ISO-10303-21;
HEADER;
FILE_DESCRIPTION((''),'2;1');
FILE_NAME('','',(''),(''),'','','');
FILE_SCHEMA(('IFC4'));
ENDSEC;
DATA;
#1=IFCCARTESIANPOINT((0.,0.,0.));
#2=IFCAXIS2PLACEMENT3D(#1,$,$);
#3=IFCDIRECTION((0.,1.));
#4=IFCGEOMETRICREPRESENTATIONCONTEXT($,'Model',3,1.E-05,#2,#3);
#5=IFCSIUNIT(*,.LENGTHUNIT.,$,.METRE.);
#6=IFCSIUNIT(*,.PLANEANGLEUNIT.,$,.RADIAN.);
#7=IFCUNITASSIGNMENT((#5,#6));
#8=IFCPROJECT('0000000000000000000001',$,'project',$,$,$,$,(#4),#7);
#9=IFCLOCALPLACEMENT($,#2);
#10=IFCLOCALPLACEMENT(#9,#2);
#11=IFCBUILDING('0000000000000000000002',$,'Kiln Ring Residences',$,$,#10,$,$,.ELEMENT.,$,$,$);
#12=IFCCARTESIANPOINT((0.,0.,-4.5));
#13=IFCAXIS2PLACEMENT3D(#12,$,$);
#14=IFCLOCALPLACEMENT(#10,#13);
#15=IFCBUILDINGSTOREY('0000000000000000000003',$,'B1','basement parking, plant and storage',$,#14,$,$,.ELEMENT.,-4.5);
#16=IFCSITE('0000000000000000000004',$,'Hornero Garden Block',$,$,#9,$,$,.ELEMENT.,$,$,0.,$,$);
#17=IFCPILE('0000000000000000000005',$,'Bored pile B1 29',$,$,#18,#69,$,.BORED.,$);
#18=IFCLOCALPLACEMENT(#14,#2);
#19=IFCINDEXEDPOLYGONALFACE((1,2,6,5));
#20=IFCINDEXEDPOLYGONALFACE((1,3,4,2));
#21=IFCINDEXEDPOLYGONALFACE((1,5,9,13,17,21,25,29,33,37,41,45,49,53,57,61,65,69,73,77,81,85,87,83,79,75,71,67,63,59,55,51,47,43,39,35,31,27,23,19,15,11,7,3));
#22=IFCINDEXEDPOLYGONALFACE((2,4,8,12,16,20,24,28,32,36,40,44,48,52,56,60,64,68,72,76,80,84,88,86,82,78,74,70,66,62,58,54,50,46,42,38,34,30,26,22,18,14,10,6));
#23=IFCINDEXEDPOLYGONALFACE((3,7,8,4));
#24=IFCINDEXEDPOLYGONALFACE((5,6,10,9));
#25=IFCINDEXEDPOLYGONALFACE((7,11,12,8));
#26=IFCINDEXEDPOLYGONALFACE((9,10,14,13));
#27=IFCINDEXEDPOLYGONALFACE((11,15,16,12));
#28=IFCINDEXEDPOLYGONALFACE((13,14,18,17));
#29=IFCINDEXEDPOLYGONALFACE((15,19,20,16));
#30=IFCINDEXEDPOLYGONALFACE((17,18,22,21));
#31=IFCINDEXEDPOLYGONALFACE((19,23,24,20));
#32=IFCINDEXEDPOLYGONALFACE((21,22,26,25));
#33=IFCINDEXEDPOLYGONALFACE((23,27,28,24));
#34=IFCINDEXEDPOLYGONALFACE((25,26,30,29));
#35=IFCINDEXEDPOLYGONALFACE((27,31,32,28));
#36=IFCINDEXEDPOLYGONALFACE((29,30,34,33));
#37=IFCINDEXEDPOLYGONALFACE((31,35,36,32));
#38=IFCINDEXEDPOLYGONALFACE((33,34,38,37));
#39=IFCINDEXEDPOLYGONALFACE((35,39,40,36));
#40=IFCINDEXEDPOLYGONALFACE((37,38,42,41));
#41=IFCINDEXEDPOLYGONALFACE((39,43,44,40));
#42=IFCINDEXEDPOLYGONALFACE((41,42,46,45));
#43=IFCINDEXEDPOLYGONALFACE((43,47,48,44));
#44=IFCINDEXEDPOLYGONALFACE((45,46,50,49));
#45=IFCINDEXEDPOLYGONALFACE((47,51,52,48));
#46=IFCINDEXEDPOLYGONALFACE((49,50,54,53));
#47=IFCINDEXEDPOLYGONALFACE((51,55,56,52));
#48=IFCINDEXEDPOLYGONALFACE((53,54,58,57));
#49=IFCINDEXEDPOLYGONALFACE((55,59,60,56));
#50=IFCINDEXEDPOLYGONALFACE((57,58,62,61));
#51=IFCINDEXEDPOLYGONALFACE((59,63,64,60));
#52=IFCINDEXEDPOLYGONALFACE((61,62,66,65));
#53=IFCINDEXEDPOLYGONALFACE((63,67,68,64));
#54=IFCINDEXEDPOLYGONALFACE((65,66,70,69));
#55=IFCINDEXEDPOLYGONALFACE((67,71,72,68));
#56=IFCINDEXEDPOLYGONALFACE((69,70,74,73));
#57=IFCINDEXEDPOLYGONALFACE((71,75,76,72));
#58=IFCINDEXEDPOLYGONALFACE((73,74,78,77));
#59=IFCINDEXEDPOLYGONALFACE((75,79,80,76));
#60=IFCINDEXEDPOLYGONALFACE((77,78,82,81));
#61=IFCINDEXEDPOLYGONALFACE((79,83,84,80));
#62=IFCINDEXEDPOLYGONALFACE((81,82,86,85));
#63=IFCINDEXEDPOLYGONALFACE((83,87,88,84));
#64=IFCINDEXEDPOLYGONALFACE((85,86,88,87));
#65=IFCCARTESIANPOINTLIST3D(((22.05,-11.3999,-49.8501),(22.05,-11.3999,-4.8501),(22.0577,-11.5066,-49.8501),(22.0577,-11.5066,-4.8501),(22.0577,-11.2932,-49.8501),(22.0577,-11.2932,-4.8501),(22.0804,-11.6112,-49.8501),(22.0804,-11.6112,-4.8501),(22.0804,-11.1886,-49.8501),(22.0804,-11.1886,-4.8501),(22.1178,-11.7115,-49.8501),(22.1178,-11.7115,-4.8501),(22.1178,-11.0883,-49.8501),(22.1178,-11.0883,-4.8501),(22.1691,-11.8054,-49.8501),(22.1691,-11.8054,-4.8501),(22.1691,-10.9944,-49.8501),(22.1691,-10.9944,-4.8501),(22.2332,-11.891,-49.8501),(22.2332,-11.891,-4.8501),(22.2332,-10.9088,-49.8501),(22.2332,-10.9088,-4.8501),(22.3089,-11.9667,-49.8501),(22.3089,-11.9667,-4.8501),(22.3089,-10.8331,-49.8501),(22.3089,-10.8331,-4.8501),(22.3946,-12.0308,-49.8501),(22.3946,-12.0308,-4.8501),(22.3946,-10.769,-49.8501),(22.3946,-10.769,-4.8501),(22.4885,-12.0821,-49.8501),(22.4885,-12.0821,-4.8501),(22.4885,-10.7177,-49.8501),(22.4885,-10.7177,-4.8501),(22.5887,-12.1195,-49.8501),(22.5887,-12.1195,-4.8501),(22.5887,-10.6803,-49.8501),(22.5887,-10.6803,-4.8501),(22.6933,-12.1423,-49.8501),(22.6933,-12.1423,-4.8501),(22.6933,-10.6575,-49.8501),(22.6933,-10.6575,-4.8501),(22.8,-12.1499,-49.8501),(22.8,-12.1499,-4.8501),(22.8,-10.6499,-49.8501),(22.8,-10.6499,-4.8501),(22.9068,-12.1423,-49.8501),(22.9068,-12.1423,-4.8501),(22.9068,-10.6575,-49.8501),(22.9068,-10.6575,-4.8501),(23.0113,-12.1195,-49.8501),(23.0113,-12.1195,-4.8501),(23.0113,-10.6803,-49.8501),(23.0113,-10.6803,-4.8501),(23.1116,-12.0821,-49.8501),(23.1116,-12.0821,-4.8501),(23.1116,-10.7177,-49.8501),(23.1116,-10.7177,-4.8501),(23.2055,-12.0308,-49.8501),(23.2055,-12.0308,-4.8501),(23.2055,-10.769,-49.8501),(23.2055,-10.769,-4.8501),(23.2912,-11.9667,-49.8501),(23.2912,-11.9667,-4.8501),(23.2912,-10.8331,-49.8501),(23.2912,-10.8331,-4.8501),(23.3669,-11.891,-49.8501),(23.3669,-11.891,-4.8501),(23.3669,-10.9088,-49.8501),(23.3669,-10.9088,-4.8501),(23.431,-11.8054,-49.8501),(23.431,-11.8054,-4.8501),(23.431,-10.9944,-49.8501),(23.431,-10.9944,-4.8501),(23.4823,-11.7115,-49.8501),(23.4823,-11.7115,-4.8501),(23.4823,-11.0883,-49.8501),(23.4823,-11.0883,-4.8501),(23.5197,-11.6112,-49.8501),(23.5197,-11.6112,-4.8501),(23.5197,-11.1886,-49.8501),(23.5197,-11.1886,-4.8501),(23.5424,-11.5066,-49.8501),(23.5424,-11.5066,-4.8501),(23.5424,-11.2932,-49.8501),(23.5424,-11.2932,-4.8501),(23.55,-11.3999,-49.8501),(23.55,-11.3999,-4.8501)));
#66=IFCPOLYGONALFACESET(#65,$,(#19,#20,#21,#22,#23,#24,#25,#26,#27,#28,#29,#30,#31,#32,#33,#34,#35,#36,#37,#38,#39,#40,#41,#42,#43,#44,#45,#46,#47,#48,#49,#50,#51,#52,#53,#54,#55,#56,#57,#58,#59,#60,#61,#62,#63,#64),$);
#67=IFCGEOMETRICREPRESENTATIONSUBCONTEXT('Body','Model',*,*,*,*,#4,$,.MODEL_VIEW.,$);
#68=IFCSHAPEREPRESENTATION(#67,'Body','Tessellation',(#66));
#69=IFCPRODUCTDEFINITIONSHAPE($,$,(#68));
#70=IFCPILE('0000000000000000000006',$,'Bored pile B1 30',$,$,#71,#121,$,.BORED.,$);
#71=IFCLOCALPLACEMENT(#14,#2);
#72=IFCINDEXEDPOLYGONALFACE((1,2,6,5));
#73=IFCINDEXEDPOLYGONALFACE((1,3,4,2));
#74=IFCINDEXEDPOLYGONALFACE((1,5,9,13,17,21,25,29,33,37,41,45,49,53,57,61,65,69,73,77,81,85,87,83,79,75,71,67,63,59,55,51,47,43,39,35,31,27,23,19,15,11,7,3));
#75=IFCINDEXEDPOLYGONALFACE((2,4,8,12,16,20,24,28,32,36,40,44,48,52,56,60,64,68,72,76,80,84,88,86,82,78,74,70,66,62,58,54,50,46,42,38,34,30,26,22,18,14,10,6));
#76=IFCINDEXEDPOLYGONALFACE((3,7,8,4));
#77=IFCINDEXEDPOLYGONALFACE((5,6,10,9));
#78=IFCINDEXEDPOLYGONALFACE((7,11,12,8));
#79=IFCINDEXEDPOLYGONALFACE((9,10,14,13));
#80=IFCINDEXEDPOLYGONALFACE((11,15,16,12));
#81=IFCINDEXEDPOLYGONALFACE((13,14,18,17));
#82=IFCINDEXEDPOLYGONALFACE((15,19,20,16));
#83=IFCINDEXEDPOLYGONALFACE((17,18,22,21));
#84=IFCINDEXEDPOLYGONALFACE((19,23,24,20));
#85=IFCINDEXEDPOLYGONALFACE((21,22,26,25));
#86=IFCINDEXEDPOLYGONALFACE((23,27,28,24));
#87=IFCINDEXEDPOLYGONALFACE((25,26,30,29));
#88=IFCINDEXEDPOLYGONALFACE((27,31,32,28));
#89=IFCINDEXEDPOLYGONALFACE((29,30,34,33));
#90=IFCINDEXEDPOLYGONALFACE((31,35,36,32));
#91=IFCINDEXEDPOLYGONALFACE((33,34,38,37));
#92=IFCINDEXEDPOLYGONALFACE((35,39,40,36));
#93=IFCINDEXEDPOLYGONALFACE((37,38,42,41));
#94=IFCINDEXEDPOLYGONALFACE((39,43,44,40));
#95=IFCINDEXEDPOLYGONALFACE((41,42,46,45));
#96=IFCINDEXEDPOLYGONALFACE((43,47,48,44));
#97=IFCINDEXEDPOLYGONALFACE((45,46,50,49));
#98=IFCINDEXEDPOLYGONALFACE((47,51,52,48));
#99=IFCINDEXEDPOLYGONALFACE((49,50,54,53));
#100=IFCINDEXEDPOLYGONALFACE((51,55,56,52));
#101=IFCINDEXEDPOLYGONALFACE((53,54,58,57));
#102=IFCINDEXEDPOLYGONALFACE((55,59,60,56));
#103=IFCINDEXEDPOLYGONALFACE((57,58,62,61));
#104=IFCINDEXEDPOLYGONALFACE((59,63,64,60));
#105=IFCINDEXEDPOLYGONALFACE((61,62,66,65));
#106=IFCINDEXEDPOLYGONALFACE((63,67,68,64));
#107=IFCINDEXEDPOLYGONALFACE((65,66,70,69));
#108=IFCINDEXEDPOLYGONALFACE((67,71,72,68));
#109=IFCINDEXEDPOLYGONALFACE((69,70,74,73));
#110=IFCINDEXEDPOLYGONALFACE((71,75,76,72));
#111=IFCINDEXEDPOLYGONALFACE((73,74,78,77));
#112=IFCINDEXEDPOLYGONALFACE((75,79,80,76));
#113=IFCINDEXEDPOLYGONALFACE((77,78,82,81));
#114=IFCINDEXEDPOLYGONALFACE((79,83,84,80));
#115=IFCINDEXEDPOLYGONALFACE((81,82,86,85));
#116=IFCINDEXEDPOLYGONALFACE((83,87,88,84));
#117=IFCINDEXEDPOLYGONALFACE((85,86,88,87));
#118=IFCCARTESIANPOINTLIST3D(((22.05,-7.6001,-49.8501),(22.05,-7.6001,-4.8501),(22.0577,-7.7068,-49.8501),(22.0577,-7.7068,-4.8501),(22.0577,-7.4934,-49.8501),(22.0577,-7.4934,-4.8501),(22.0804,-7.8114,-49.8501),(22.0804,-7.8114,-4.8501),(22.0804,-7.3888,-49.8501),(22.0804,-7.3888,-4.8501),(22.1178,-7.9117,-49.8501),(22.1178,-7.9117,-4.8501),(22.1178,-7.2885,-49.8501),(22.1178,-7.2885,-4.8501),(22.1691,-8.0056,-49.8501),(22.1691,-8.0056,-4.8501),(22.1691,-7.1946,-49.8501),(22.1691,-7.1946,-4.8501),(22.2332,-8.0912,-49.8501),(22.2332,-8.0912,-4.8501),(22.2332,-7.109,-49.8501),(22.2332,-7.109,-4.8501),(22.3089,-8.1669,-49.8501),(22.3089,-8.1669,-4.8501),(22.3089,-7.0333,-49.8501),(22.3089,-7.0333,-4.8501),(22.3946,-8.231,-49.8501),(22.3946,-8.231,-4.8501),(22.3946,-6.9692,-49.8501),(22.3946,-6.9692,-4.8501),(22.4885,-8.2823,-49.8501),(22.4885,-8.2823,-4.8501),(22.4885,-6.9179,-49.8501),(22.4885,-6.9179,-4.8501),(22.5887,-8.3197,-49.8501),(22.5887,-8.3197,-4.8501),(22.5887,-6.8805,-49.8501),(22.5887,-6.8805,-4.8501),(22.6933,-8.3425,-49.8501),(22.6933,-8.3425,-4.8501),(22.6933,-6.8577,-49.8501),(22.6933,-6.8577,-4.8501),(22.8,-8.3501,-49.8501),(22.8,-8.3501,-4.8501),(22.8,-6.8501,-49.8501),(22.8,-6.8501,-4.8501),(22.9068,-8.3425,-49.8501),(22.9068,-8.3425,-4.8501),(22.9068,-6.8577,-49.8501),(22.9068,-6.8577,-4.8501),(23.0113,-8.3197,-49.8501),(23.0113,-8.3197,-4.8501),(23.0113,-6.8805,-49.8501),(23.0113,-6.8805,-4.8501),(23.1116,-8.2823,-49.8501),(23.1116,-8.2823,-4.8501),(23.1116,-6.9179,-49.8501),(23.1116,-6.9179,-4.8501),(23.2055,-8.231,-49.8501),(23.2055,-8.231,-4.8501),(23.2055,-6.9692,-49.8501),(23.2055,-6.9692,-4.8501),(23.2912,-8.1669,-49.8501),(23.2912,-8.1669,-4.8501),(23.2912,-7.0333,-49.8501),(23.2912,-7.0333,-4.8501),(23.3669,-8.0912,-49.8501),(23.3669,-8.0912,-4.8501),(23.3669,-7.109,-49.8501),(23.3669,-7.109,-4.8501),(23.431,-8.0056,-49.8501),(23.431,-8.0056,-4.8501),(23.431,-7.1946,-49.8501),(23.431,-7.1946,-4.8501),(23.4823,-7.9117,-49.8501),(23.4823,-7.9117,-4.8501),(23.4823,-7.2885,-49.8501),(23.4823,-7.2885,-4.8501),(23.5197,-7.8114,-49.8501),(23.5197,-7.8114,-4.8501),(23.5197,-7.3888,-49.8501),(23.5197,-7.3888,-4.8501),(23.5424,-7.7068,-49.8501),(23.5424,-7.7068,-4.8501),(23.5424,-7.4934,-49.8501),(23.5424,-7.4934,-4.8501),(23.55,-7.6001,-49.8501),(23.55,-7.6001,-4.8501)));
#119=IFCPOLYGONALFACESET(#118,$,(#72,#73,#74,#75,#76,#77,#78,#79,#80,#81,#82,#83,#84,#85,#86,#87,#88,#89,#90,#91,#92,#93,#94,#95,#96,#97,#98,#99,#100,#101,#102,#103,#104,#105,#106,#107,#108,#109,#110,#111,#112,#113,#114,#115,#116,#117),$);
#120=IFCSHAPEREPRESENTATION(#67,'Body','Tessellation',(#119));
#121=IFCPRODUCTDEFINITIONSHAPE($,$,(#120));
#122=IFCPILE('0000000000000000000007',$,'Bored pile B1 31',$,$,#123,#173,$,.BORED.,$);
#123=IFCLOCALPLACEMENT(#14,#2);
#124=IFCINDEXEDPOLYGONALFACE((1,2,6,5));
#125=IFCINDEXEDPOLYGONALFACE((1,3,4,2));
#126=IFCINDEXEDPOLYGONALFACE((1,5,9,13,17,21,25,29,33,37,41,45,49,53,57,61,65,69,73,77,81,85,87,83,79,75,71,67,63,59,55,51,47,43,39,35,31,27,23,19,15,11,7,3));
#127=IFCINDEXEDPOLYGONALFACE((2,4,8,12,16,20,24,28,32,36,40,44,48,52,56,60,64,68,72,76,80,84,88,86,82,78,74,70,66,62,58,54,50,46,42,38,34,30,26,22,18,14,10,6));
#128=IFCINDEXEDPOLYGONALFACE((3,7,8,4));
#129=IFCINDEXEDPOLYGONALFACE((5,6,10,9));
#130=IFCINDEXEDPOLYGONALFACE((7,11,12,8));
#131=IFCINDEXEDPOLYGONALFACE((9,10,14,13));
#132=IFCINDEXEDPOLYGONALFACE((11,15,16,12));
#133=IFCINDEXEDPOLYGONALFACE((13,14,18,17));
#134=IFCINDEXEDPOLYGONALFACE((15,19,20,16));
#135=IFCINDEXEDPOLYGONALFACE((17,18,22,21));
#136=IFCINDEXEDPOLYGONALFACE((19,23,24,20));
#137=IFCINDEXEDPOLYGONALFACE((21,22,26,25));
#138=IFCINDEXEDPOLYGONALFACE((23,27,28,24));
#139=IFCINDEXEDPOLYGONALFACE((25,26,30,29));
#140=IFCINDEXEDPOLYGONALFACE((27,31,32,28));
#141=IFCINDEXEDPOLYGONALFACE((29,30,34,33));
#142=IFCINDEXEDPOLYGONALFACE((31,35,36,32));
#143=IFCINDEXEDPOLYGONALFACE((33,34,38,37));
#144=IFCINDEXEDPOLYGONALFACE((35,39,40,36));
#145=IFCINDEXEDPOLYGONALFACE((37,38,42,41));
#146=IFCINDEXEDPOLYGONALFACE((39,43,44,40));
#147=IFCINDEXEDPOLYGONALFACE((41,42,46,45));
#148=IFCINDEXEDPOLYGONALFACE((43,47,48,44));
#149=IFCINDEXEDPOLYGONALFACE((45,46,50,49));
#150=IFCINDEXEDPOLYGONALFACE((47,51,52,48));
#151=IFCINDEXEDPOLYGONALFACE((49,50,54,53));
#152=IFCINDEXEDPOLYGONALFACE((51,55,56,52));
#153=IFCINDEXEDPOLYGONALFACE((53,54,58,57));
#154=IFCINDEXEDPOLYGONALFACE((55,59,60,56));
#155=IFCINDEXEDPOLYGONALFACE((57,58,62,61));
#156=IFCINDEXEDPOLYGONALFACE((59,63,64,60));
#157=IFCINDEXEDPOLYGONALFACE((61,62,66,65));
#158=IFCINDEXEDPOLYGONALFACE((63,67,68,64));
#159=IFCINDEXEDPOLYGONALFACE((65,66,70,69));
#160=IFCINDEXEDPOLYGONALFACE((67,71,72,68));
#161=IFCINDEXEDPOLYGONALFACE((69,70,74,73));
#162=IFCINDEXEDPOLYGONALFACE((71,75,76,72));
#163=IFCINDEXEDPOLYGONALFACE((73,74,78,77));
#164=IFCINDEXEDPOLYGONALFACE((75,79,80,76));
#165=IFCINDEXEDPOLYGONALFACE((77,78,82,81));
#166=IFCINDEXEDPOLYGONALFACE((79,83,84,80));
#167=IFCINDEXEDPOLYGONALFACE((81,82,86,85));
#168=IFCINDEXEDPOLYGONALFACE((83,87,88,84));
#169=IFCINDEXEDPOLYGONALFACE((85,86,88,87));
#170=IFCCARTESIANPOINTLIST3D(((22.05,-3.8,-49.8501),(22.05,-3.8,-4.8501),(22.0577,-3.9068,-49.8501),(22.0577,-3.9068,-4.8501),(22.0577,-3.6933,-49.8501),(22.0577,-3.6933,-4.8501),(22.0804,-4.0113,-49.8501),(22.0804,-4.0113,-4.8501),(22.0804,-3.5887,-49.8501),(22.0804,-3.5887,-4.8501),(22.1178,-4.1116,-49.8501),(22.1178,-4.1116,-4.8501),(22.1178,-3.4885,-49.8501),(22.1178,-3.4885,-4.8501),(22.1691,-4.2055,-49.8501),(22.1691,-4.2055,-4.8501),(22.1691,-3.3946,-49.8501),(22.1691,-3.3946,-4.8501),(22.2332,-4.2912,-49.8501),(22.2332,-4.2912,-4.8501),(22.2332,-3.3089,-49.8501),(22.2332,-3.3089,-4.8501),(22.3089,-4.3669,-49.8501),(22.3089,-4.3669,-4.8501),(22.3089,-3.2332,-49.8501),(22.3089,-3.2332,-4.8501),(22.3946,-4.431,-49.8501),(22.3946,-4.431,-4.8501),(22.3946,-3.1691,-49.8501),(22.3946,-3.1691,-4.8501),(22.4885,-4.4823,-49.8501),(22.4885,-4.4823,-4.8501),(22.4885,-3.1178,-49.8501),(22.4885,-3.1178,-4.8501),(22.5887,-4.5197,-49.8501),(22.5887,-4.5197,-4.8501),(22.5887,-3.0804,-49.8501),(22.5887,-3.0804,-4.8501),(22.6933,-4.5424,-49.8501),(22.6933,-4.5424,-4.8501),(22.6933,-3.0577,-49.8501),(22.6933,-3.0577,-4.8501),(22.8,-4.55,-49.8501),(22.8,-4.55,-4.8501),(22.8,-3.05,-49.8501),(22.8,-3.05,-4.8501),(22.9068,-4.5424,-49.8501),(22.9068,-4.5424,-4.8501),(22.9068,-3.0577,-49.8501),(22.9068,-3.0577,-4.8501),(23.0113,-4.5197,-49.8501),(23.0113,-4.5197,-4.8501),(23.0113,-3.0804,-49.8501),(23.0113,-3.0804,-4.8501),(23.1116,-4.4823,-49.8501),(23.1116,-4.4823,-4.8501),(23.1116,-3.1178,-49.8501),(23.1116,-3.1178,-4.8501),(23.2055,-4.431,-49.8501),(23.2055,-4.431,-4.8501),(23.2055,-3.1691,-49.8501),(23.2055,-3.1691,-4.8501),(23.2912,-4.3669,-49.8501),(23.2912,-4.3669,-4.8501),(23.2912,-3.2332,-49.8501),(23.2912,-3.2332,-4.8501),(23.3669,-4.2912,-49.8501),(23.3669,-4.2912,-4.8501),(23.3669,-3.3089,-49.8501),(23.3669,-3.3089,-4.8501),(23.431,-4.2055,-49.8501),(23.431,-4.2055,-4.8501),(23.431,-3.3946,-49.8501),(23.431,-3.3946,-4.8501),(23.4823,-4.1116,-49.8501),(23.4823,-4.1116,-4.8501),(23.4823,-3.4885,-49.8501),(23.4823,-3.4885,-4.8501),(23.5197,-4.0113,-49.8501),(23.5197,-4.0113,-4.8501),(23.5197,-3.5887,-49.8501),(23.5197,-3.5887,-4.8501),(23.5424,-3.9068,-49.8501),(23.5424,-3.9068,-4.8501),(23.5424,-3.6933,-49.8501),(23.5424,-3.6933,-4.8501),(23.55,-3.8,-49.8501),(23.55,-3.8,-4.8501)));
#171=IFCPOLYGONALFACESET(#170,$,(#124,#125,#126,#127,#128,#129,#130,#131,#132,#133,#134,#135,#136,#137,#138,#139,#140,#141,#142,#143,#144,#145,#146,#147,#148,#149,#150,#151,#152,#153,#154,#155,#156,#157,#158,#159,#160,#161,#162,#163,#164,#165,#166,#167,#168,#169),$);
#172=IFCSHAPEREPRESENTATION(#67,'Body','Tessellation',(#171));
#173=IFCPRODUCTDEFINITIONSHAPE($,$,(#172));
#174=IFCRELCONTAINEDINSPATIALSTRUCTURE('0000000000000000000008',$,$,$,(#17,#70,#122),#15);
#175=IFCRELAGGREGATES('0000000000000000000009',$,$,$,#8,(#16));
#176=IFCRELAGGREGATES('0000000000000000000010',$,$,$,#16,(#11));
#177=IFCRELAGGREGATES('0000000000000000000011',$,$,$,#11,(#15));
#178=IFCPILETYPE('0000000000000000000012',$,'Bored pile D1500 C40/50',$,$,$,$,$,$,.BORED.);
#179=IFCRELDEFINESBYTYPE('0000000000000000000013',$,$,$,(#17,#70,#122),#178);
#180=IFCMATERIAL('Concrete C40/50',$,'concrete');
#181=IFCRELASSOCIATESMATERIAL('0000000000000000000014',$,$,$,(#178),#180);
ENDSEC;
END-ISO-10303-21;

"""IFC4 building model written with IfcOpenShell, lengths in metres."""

from ifc_helpers import new_model, si_unit, direction, frame, origin, origin_2d, place, context, subcontext, project, spatial, circle, extrude, material, material_profile, profile_set, type_object, element, save


model = new_model("IFC4")

# Units and contexts
model_context = context("Model", 3, precision=1e-05, world=origin(), true_north=direction((0.0, 1.0)))
body_context = subcontext(model_context, "Body", "Model", "MODEL_VIEW")
ifc_project = project(units=[si_unit("LENGTHUNIT", "METRE"), si_unit("PLANEANGLEUNIT", "RADIAN")], contexts=[model_context])

# Site, building, storey
site_placement = place(None, origin())
site = spatial("IfcSite", under=ifc_project, at=site_placement, Name="Hornero Garden Block", CompositionType="ELEMENT", RefElevation=0.0)
building_placement = place(site_placement, origin())
building = spatial("IfcBuilding", under=site, at=building_placement, Name="Kiln Ring Residences", CompositionType="ELEMENT")
storey_placement = place(building_placement, frame((0.0, 0.0, -4.5)))
storey = spatial("IfcBuildingStorey", under=building, at=storey_placement, Name="B1", Description="basement parking, plant and storage", CompositionType="ELEMENT", Elevation=-4.5)

# Piles
ifc_material_1 = material(Name="Concrete C40/50", Category="concrete")
ifc_material_profile = material_profile(ifc_material_1, circle(Radius=0.75, at=origin_2d()), Name="BORED1500")
ifc_profile_set = profile_set([ifc_material_profile], Name="Concrete C40/50")
pile_type = type_object("IfcPileType", Name="Bored pile D1500 C40/50", PredefinedType="BORED", material=ifc_profile_set)
for number, where, z_axis, x_axis, name in (
    (1, (22.8, -11.3999, -4.8501), (0.0, 0.0, -1.0), (1.0, 0.0, 0.0), "Bored pile B1 29"),
    (2, (22.8, -7.6001, -4.8501), (0.0, 0.0, -1.0), (1.0, 0.0, 0.0), "Bored pile B1 30"),
    (3, (22.8, -3.8, -4.8501), (0.0, 0.0, -1.0), (1.0, 0.0, 0.0), "Bored pile B1 31"),
):
    element("IfcPile", number, at=place(storey_placement, frame(where, z_axis=z_axis, x_axis=x_axis)), inside=storey, type_object=pile_type, Name=name, PredefinedType="BORED", context=body_context, shape_type="SweptSolid", body=[
        extrude(circle(Radius=0.75, at=origin_2d()), origin(), (0.0, 0.0, 1.0), 45.0),
    ])

save(model, "model.ifc")
